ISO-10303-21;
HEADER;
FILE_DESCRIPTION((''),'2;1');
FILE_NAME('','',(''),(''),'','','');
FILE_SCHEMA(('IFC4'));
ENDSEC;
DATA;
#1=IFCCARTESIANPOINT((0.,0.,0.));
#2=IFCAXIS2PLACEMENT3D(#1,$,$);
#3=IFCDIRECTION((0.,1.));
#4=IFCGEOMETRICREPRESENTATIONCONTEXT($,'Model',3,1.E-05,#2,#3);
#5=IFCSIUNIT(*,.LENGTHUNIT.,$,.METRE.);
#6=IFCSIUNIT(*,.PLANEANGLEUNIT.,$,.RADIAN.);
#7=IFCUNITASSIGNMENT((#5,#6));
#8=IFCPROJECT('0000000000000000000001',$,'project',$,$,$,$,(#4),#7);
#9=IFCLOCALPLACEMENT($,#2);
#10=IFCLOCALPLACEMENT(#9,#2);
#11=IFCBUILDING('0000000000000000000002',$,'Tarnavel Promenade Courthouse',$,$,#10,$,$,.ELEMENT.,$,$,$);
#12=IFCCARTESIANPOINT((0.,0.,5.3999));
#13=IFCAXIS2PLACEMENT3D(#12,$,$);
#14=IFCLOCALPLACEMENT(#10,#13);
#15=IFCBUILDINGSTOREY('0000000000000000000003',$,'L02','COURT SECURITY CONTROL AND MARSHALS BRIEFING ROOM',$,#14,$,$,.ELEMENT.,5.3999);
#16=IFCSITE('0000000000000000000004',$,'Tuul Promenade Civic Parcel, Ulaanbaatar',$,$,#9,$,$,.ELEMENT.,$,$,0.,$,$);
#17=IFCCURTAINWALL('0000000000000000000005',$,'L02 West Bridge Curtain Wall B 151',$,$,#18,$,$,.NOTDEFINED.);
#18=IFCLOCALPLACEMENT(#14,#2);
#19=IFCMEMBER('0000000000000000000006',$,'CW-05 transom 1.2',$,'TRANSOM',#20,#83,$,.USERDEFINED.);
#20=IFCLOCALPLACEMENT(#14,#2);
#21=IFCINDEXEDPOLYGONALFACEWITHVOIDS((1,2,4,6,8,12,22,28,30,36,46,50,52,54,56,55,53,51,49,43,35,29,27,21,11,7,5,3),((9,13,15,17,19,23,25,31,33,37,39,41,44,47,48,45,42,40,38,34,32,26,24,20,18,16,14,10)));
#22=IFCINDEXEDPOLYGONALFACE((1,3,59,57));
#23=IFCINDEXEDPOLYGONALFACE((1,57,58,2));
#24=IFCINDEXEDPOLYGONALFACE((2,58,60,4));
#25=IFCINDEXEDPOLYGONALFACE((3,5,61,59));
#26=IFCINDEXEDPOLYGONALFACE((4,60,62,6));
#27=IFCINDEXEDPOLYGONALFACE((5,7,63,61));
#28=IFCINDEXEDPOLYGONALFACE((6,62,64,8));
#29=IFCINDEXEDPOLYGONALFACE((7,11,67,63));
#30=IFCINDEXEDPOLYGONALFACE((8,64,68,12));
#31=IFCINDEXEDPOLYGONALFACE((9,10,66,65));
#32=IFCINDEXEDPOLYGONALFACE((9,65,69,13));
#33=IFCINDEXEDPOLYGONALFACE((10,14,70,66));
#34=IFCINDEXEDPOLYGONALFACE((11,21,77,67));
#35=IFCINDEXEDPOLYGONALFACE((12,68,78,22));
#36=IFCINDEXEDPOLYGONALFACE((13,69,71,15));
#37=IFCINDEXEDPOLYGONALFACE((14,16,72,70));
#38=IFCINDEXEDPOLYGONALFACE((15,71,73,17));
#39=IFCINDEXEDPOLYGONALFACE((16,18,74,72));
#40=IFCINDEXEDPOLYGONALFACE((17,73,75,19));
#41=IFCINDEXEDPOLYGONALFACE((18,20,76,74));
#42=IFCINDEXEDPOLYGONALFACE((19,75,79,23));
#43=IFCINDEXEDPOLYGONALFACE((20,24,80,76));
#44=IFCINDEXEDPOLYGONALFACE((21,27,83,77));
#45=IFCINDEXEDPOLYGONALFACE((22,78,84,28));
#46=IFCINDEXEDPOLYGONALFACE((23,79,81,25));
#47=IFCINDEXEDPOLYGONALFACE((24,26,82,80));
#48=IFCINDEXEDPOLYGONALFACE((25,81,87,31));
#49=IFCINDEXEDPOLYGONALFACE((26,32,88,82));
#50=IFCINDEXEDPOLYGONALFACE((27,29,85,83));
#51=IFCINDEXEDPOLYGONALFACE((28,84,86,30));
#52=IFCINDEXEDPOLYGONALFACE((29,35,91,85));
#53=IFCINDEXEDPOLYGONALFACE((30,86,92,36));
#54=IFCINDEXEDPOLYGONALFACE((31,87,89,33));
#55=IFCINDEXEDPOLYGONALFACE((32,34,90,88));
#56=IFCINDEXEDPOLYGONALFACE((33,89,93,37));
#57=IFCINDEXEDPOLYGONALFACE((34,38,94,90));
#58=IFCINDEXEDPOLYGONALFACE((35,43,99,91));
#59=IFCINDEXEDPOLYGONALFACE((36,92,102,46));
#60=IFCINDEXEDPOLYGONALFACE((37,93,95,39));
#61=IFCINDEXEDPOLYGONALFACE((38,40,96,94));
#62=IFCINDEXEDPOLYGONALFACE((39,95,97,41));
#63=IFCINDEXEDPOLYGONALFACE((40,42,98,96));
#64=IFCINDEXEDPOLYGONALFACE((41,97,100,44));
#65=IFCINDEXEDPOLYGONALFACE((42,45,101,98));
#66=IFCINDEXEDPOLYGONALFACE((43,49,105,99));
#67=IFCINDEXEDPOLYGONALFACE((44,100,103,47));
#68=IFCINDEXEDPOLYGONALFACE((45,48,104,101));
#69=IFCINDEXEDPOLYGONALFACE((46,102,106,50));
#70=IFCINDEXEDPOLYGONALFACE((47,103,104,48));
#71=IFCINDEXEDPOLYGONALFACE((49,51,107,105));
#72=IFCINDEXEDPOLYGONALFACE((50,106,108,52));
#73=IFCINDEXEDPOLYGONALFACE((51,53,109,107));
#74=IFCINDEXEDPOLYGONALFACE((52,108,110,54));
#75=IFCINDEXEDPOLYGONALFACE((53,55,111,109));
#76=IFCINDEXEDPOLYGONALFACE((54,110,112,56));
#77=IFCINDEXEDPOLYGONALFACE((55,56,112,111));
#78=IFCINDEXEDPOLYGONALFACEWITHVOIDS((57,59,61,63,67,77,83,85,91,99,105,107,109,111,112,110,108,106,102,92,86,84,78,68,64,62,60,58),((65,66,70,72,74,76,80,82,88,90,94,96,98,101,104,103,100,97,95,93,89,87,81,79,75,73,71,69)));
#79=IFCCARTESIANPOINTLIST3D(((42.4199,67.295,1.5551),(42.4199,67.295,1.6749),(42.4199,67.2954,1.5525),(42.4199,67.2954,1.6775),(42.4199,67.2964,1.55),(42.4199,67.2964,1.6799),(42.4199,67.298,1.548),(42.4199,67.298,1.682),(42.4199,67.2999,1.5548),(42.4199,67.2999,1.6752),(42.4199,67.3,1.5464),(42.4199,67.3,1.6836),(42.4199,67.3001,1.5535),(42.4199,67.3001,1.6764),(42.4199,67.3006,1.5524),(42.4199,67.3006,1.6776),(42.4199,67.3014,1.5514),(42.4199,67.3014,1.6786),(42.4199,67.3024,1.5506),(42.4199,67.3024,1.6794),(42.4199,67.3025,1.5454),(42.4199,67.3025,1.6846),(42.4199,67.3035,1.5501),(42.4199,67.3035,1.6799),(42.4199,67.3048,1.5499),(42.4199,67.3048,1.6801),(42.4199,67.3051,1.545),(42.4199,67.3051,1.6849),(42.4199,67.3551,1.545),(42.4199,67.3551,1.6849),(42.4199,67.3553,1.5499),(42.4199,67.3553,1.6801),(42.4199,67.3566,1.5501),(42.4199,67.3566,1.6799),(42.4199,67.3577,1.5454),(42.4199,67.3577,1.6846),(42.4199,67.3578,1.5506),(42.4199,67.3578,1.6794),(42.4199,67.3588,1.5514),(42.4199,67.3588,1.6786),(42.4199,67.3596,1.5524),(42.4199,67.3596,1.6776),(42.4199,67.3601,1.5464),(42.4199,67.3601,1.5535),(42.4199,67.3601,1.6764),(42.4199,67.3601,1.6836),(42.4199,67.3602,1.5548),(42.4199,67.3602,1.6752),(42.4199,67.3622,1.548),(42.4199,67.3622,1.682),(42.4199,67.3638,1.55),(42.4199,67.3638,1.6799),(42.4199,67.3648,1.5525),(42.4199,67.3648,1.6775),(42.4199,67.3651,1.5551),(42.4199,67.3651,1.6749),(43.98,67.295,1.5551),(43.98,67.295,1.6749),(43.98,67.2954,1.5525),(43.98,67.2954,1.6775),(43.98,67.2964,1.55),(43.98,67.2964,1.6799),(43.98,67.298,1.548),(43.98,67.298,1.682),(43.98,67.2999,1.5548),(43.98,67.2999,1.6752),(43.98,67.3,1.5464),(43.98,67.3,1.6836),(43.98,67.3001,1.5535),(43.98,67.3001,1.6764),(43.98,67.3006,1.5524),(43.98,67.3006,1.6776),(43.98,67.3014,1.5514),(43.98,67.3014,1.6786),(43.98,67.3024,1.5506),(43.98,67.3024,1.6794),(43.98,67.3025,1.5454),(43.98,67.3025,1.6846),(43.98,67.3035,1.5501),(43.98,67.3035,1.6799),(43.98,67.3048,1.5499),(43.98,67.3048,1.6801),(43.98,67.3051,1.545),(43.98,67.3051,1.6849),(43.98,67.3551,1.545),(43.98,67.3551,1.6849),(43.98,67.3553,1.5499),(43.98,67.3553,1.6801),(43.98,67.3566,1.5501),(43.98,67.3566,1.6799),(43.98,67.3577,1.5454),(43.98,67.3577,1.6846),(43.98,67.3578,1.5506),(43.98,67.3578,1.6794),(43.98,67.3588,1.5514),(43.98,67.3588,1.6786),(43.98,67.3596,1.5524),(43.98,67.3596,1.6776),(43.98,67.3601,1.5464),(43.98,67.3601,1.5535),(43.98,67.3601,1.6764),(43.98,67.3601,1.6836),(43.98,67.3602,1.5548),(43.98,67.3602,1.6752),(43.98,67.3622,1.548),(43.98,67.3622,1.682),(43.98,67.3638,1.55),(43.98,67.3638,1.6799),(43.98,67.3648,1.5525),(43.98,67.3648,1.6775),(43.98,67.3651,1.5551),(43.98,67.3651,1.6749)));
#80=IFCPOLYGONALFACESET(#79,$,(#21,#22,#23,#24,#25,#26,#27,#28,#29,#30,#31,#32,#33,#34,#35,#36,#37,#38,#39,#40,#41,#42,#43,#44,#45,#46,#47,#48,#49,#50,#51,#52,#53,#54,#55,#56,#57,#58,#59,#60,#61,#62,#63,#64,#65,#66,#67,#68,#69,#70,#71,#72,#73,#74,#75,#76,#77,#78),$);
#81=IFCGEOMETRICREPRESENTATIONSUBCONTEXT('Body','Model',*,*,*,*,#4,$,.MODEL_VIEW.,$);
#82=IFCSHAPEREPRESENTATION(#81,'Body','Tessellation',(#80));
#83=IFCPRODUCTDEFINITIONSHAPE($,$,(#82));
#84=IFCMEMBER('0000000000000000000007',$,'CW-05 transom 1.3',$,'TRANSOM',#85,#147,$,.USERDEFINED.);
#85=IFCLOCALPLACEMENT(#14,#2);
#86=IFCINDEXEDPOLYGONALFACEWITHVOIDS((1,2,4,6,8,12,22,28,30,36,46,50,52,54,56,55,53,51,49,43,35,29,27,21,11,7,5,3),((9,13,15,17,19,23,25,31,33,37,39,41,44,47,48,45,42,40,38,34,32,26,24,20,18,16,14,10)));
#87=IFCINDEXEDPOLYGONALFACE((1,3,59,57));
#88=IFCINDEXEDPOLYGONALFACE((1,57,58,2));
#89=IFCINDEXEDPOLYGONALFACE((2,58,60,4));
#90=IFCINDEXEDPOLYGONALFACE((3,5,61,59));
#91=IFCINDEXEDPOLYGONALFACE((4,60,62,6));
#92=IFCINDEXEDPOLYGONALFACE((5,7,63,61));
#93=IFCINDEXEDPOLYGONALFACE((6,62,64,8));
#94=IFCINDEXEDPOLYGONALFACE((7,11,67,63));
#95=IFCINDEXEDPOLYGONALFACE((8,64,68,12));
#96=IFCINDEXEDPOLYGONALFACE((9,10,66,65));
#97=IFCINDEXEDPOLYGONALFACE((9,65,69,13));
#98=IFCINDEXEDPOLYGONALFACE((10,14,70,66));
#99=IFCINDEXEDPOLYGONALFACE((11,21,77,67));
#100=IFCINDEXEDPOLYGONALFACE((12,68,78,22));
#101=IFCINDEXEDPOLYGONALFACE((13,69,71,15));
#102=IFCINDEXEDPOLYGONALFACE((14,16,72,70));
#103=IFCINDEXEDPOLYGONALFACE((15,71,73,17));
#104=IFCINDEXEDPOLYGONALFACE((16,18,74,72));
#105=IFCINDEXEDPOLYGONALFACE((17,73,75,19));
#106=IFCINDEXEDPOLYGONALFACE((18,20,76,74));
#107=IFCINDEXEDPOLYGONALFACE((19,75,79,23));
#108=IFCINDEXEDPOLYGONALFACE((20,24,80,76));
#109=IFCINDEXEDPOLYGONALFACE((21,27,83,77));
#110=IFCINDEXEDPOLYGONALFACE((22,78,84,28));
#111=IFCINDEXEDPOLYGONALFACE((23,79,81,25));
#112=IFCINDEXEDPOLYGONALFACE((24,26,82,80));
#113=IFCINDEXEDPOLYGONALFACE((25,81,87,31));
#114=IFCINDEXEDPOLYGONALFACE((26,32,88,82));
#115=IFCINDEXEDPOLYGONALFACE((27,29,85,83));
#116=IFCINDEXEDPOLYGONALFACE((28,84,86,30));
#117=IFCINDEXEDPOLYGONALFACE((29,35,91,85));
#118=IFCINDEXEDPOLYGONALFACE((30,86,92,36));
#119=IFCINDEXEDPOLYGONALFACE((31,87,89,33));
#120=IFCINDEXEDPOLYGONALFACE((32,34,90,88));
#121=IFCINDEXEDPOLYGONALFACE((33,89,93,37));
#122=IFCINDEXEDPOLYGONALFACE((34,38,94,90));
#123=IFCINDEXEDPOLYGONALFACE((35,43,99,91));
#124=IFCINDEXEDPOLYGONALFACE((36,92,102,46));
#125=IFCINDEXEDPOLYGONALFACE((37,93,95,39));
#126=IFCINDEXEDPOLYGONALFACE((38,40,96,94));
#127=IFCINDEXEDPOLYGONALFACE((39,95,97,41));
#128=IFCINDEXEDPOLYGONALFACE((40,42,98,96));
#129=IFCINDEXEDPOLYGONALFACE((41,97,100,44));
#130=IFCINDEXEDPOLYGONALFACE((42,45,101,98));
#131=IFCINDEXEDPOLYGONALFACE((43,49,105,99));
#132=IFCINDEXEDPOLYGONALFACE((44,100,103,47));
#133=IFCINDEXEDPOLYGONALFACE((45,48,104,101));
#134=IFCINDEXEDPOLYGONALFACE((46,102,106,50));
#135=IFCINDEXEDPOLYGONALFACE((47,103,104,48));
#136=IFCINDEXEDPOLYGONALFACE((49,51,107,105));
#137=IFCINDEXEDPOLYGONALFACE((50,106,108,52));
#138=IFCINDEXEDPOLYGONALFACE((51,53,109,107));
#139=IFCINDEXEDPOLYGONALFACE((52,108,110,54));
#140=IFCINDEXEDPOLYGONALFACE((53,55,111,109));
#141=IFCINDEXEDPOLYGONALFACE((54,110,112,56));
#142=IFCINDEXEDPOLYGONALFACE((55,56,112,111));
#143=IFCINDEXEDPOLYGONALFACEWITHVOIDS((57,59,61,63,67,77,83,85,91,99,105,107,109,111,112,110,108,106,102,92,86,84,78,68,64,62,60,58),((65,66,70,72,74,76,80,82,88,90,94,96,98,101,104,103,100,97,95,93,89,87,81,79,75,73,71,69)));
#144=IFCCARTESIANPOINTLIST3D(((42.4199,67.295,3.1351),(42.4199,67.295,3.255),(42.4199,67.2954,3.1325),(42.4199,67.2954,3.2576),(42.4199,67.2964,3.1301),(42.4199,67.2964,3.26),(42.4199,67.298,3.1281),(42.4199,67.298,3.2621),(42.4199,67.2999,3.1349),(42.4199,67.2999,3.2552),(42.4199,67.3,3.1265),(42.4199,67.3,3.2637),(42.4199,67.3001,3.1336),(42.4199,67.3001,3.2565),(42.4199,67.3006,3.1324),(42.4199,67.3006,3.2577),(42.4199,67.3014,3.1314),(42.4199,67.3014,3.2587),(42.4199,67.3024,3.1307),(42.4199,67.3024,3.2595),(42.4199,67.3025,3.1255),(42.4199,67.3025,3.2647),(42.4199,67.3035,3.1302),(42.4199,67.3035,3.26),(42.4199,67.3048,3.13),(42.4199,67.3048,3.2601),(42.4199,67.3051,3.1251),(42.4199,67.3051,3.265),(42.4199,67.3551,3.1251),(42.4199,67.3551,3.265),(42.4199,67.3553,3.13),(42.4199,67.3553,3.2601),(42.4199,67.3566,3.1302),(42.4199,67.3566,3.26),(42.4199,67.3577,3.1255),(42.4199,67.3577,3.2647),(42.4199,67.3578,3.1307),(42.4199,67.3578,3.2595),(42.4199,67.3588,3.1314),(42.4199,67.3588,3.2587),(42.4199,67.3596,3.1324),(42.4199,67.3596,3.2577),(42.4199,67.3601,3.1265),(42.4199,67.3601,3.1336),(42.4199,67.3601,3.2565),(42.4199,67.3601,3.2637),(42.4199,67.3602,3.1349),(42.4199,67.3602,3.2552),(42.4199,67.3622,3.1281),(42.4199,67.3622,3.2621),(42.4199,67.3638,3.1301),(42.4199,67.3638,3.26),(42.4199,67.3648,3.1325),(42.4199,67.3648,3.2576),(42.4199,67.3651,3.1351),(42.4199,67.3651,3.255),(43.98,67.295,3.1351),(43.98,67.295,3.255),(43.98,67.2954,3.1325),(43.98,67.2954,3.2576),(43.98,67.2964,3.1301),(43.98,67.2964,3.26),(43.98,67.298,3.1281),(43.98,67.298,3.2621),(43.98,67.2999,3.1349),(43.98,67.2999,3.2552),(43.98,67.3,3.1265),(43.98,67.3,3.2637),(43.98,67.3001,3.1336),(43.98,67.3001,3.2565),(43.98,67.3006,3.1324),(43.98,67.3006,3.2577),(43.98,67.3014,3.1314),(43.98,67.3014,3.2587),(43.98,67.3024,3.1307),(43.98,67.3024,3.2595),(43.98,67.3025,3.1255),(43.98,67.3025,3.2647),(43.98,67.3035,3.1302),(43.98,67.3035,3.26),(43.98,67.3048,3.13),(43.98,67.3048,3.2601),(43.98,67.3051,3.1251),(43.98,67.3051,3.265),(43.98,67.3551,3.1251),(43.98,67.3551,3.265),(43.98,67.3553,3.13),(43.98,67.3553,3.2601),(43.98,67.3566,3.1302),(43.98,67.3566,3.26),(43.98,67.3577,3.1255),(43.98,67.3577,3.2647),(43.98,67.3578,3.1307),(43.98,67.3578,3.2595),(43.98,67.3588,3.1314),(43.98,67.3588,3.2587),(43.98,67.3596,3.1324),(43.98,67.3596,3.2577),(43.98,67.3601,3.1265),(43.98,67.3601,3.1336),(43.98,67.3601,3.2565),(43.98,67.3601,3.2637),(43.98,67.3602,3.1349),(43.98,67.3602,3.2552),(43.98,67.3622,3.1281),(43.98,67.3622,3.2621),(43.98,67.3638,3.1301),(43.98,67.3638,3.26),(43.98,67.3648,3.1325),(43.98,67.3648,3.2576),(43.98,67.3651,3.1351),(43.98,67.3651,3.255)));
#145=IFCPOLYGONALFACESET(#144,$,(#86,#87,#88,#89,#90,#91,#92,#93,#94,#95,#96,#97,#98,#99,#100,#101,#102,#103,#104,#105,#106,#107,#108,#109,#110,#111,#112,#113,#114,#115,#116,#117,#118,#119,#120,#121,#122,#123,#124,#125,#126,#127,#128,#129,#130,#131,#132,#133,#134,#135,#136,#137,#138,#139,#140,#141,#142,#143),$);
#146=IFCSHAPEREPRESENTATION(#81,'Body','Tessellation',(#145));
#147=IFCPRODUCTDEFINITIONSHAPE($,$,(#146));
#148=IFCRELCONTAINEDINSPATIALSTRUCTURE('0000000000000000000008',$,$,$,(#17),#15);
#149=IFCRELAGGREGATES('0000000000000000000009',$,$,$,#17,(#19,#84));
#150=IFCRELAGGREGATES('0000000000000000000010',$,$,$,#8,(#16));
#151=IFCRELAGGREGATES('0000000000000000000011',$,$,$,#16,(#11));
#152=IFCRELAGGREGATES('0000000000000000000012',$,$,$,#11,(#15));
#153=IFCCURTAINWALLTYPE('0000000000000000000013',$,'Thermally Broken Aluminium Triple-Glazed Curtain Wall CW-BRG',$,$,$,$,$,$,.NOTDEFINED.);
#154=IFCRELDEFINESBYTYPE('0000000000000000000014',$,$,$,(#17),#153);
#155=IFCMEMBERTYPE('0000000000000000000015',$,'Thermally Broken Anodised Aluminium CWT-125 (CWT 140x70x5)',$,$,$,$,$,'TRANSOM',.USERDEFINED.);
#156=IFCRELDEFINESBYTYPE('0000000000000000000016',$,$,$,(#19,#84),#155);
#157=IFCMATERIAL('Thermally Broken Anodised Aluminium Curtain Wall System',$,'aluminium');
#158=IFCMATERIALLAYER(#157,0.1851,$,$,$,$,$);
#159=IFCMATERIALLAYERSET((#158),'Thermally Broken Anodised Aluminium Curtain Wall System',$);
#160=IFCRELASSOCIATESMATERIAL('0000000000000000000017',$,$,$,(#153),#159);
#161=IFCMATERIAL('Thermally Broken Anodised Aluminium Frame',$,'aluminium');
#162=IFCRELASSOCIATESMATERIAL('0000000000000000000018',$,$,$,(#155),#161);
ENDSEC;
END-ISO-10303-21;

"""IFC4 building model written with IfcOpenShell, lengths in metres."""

from ifc_helpers import new_model, si_unit, direction, frame, origin, origin_2d, place, context, subcontext, project, spatial, hollow_rectangle, extrude, material, layer, layer_set, material_profile, profile_set, type_object, element, aggregate, save


model = new_model("IFC4")

# Units and contexts
model_context = context("Model", 3, precision=1e-05, world=origin(), true_north=direction((0.0, 1.0)))
body_context = subcontext(model_context, "Body", "Model", "MODEL_VIEW")
ifc_project = project(units=[si_unit("LENGTHUNIT", "METRE"), si_unit("PLANEANGLEUNIT", "RADIAN")], contexts=[model_context])

# Site, building, storey
site_placement = place(None, origin())
site = spatial("IfcSite", under=ifc_project, at=site_placement, Name="Tuul Promenade Civic Parcel, Ulaanbaatar", CompositionType="ELEMENT", RefElevation=0.0)
building_placement = place(site_placement, origin())
building = spatial("IfcBuilding", under=site, at=building_placement, Name="Tarnavel Promenade Courthouse", CompositionType="ELEMENT")
storey_placement = place(building_placement, frame((0.0, 0.0, 5.3999)))
storey = spatial("IfcBuildingStorey", under=building, at=storey_placement, Name="L02", Description="COURT SECURITY CONTROL AND MARSHALS BRIEFING ROOM", CompositionType="ELEMENT", Elevation=5.3999)

# Shared definitions
ifc_material_1 = material(Name="Thermally Broken Anodised Aluminium Curtain Wall System", Category="aluminium")
ifc_layer_1 = layer(ifc_material_1, 0.1851)
ifc_layer_set_1 = layer_set([ifc_layer_1], Name="Thermally Broken Anodised Aluminium Curtain Wall System")
curtain_wall_type = type_object("IfcCurtainWallType", Name="Thermally Broken Aluminium Triple-Glazed Curtain Wall CW-BRG", PredefinedType="NOTDEFINED", material=ifc_layer_set_1)
ifc_material_2 = material(Name="Thermally Broken Anodised Aluminium Frame", Category="aluminium")

# Curtain wall
curtain_wall_1_placement = place(storey_placement, origin())
curtain_wall_1 = element("IfcCurtainWall", 1, at=curtain_wall_1_placement, inside=storey, type_object=curtain_wall_type, Name="L02 West Bridge Curtain Wall B 151", PredefinedType="NOTDEFINED")

# Members
ifc_material_profile_1 = material_profile(ifc_material_2, hollow_rectangle(XDim=0.0701, YDim=0.1399, WallThickness=0.0049, InnerFilletRadius=0.0049, OuterFilletRadius=0.01, at=origin_2d()), Name="CWT 140x70x5")
ifc_profile_set_1 = profile_set([ifc_material_profile_1], Name="Thermally Broken Anodised Aluminium Frame")
member_type_1 = type_object("IfcMemberType", Name="Thermally Broken Anodised Aluminium CWT-125 (CWT 140x70x5)", ElementType="TRANSOM", PredefinedType="USERDEFINED", material=ifc_profile_set_1)
member_1_placement = place(storey_placement, frame((42.4199, 67.3301, 1.615), z_axis=(1.0, 0.0, 0.0), x_axis=(0.0, 1.0, 0.0)))
member_1 = element("IfcMember", 2, at=member_1_placement, type_object=member_type_1, Name="CW-05 transom 1.2", ObjectType="TRANSOM", PredefinedType="USERDEFINED", context=body_context, shape_type="SweptSolid", body=[
    extrude(hollow_rectangle(XDim=0.0701, YDim=0.1399, WallThickness=0.0049, InnerFilletRadius=0.0049, OuterFilletRadius=0.01, at=origin_2d()), origin(), (0.0, 0.0, 1.0), 1.5601),
])
member_2_placement = place(storey_placement, frame((42.4199, 67.3301, 3.1951), z_axis=(1.0, 0.0, 0.0), x_axis=(0.0, 1.0, 0.0)))
member_2 = element("IfcMember", 3, at=member_2_placement, type_object=member_type_1, Name="CW-05 transom 1.3", ObjectType="TRANSOM", PredefinedType="USERDEFINED", context=body_context, shape_type="SweptSolid", body=[
    extrude(hollow_rectangle(XDim=0.0701, YDim=0.1399, WallThickness=0.0049, InnerFilletRadius=0.0049, OuterFilletRadius=0.01, at=origin_2d()), origin(), (0.0, 0.0, 1.0), 1.5601),
])

aggregate(curtain_wall_1, [member_1, member_2])

save(model, "model.ifc")
